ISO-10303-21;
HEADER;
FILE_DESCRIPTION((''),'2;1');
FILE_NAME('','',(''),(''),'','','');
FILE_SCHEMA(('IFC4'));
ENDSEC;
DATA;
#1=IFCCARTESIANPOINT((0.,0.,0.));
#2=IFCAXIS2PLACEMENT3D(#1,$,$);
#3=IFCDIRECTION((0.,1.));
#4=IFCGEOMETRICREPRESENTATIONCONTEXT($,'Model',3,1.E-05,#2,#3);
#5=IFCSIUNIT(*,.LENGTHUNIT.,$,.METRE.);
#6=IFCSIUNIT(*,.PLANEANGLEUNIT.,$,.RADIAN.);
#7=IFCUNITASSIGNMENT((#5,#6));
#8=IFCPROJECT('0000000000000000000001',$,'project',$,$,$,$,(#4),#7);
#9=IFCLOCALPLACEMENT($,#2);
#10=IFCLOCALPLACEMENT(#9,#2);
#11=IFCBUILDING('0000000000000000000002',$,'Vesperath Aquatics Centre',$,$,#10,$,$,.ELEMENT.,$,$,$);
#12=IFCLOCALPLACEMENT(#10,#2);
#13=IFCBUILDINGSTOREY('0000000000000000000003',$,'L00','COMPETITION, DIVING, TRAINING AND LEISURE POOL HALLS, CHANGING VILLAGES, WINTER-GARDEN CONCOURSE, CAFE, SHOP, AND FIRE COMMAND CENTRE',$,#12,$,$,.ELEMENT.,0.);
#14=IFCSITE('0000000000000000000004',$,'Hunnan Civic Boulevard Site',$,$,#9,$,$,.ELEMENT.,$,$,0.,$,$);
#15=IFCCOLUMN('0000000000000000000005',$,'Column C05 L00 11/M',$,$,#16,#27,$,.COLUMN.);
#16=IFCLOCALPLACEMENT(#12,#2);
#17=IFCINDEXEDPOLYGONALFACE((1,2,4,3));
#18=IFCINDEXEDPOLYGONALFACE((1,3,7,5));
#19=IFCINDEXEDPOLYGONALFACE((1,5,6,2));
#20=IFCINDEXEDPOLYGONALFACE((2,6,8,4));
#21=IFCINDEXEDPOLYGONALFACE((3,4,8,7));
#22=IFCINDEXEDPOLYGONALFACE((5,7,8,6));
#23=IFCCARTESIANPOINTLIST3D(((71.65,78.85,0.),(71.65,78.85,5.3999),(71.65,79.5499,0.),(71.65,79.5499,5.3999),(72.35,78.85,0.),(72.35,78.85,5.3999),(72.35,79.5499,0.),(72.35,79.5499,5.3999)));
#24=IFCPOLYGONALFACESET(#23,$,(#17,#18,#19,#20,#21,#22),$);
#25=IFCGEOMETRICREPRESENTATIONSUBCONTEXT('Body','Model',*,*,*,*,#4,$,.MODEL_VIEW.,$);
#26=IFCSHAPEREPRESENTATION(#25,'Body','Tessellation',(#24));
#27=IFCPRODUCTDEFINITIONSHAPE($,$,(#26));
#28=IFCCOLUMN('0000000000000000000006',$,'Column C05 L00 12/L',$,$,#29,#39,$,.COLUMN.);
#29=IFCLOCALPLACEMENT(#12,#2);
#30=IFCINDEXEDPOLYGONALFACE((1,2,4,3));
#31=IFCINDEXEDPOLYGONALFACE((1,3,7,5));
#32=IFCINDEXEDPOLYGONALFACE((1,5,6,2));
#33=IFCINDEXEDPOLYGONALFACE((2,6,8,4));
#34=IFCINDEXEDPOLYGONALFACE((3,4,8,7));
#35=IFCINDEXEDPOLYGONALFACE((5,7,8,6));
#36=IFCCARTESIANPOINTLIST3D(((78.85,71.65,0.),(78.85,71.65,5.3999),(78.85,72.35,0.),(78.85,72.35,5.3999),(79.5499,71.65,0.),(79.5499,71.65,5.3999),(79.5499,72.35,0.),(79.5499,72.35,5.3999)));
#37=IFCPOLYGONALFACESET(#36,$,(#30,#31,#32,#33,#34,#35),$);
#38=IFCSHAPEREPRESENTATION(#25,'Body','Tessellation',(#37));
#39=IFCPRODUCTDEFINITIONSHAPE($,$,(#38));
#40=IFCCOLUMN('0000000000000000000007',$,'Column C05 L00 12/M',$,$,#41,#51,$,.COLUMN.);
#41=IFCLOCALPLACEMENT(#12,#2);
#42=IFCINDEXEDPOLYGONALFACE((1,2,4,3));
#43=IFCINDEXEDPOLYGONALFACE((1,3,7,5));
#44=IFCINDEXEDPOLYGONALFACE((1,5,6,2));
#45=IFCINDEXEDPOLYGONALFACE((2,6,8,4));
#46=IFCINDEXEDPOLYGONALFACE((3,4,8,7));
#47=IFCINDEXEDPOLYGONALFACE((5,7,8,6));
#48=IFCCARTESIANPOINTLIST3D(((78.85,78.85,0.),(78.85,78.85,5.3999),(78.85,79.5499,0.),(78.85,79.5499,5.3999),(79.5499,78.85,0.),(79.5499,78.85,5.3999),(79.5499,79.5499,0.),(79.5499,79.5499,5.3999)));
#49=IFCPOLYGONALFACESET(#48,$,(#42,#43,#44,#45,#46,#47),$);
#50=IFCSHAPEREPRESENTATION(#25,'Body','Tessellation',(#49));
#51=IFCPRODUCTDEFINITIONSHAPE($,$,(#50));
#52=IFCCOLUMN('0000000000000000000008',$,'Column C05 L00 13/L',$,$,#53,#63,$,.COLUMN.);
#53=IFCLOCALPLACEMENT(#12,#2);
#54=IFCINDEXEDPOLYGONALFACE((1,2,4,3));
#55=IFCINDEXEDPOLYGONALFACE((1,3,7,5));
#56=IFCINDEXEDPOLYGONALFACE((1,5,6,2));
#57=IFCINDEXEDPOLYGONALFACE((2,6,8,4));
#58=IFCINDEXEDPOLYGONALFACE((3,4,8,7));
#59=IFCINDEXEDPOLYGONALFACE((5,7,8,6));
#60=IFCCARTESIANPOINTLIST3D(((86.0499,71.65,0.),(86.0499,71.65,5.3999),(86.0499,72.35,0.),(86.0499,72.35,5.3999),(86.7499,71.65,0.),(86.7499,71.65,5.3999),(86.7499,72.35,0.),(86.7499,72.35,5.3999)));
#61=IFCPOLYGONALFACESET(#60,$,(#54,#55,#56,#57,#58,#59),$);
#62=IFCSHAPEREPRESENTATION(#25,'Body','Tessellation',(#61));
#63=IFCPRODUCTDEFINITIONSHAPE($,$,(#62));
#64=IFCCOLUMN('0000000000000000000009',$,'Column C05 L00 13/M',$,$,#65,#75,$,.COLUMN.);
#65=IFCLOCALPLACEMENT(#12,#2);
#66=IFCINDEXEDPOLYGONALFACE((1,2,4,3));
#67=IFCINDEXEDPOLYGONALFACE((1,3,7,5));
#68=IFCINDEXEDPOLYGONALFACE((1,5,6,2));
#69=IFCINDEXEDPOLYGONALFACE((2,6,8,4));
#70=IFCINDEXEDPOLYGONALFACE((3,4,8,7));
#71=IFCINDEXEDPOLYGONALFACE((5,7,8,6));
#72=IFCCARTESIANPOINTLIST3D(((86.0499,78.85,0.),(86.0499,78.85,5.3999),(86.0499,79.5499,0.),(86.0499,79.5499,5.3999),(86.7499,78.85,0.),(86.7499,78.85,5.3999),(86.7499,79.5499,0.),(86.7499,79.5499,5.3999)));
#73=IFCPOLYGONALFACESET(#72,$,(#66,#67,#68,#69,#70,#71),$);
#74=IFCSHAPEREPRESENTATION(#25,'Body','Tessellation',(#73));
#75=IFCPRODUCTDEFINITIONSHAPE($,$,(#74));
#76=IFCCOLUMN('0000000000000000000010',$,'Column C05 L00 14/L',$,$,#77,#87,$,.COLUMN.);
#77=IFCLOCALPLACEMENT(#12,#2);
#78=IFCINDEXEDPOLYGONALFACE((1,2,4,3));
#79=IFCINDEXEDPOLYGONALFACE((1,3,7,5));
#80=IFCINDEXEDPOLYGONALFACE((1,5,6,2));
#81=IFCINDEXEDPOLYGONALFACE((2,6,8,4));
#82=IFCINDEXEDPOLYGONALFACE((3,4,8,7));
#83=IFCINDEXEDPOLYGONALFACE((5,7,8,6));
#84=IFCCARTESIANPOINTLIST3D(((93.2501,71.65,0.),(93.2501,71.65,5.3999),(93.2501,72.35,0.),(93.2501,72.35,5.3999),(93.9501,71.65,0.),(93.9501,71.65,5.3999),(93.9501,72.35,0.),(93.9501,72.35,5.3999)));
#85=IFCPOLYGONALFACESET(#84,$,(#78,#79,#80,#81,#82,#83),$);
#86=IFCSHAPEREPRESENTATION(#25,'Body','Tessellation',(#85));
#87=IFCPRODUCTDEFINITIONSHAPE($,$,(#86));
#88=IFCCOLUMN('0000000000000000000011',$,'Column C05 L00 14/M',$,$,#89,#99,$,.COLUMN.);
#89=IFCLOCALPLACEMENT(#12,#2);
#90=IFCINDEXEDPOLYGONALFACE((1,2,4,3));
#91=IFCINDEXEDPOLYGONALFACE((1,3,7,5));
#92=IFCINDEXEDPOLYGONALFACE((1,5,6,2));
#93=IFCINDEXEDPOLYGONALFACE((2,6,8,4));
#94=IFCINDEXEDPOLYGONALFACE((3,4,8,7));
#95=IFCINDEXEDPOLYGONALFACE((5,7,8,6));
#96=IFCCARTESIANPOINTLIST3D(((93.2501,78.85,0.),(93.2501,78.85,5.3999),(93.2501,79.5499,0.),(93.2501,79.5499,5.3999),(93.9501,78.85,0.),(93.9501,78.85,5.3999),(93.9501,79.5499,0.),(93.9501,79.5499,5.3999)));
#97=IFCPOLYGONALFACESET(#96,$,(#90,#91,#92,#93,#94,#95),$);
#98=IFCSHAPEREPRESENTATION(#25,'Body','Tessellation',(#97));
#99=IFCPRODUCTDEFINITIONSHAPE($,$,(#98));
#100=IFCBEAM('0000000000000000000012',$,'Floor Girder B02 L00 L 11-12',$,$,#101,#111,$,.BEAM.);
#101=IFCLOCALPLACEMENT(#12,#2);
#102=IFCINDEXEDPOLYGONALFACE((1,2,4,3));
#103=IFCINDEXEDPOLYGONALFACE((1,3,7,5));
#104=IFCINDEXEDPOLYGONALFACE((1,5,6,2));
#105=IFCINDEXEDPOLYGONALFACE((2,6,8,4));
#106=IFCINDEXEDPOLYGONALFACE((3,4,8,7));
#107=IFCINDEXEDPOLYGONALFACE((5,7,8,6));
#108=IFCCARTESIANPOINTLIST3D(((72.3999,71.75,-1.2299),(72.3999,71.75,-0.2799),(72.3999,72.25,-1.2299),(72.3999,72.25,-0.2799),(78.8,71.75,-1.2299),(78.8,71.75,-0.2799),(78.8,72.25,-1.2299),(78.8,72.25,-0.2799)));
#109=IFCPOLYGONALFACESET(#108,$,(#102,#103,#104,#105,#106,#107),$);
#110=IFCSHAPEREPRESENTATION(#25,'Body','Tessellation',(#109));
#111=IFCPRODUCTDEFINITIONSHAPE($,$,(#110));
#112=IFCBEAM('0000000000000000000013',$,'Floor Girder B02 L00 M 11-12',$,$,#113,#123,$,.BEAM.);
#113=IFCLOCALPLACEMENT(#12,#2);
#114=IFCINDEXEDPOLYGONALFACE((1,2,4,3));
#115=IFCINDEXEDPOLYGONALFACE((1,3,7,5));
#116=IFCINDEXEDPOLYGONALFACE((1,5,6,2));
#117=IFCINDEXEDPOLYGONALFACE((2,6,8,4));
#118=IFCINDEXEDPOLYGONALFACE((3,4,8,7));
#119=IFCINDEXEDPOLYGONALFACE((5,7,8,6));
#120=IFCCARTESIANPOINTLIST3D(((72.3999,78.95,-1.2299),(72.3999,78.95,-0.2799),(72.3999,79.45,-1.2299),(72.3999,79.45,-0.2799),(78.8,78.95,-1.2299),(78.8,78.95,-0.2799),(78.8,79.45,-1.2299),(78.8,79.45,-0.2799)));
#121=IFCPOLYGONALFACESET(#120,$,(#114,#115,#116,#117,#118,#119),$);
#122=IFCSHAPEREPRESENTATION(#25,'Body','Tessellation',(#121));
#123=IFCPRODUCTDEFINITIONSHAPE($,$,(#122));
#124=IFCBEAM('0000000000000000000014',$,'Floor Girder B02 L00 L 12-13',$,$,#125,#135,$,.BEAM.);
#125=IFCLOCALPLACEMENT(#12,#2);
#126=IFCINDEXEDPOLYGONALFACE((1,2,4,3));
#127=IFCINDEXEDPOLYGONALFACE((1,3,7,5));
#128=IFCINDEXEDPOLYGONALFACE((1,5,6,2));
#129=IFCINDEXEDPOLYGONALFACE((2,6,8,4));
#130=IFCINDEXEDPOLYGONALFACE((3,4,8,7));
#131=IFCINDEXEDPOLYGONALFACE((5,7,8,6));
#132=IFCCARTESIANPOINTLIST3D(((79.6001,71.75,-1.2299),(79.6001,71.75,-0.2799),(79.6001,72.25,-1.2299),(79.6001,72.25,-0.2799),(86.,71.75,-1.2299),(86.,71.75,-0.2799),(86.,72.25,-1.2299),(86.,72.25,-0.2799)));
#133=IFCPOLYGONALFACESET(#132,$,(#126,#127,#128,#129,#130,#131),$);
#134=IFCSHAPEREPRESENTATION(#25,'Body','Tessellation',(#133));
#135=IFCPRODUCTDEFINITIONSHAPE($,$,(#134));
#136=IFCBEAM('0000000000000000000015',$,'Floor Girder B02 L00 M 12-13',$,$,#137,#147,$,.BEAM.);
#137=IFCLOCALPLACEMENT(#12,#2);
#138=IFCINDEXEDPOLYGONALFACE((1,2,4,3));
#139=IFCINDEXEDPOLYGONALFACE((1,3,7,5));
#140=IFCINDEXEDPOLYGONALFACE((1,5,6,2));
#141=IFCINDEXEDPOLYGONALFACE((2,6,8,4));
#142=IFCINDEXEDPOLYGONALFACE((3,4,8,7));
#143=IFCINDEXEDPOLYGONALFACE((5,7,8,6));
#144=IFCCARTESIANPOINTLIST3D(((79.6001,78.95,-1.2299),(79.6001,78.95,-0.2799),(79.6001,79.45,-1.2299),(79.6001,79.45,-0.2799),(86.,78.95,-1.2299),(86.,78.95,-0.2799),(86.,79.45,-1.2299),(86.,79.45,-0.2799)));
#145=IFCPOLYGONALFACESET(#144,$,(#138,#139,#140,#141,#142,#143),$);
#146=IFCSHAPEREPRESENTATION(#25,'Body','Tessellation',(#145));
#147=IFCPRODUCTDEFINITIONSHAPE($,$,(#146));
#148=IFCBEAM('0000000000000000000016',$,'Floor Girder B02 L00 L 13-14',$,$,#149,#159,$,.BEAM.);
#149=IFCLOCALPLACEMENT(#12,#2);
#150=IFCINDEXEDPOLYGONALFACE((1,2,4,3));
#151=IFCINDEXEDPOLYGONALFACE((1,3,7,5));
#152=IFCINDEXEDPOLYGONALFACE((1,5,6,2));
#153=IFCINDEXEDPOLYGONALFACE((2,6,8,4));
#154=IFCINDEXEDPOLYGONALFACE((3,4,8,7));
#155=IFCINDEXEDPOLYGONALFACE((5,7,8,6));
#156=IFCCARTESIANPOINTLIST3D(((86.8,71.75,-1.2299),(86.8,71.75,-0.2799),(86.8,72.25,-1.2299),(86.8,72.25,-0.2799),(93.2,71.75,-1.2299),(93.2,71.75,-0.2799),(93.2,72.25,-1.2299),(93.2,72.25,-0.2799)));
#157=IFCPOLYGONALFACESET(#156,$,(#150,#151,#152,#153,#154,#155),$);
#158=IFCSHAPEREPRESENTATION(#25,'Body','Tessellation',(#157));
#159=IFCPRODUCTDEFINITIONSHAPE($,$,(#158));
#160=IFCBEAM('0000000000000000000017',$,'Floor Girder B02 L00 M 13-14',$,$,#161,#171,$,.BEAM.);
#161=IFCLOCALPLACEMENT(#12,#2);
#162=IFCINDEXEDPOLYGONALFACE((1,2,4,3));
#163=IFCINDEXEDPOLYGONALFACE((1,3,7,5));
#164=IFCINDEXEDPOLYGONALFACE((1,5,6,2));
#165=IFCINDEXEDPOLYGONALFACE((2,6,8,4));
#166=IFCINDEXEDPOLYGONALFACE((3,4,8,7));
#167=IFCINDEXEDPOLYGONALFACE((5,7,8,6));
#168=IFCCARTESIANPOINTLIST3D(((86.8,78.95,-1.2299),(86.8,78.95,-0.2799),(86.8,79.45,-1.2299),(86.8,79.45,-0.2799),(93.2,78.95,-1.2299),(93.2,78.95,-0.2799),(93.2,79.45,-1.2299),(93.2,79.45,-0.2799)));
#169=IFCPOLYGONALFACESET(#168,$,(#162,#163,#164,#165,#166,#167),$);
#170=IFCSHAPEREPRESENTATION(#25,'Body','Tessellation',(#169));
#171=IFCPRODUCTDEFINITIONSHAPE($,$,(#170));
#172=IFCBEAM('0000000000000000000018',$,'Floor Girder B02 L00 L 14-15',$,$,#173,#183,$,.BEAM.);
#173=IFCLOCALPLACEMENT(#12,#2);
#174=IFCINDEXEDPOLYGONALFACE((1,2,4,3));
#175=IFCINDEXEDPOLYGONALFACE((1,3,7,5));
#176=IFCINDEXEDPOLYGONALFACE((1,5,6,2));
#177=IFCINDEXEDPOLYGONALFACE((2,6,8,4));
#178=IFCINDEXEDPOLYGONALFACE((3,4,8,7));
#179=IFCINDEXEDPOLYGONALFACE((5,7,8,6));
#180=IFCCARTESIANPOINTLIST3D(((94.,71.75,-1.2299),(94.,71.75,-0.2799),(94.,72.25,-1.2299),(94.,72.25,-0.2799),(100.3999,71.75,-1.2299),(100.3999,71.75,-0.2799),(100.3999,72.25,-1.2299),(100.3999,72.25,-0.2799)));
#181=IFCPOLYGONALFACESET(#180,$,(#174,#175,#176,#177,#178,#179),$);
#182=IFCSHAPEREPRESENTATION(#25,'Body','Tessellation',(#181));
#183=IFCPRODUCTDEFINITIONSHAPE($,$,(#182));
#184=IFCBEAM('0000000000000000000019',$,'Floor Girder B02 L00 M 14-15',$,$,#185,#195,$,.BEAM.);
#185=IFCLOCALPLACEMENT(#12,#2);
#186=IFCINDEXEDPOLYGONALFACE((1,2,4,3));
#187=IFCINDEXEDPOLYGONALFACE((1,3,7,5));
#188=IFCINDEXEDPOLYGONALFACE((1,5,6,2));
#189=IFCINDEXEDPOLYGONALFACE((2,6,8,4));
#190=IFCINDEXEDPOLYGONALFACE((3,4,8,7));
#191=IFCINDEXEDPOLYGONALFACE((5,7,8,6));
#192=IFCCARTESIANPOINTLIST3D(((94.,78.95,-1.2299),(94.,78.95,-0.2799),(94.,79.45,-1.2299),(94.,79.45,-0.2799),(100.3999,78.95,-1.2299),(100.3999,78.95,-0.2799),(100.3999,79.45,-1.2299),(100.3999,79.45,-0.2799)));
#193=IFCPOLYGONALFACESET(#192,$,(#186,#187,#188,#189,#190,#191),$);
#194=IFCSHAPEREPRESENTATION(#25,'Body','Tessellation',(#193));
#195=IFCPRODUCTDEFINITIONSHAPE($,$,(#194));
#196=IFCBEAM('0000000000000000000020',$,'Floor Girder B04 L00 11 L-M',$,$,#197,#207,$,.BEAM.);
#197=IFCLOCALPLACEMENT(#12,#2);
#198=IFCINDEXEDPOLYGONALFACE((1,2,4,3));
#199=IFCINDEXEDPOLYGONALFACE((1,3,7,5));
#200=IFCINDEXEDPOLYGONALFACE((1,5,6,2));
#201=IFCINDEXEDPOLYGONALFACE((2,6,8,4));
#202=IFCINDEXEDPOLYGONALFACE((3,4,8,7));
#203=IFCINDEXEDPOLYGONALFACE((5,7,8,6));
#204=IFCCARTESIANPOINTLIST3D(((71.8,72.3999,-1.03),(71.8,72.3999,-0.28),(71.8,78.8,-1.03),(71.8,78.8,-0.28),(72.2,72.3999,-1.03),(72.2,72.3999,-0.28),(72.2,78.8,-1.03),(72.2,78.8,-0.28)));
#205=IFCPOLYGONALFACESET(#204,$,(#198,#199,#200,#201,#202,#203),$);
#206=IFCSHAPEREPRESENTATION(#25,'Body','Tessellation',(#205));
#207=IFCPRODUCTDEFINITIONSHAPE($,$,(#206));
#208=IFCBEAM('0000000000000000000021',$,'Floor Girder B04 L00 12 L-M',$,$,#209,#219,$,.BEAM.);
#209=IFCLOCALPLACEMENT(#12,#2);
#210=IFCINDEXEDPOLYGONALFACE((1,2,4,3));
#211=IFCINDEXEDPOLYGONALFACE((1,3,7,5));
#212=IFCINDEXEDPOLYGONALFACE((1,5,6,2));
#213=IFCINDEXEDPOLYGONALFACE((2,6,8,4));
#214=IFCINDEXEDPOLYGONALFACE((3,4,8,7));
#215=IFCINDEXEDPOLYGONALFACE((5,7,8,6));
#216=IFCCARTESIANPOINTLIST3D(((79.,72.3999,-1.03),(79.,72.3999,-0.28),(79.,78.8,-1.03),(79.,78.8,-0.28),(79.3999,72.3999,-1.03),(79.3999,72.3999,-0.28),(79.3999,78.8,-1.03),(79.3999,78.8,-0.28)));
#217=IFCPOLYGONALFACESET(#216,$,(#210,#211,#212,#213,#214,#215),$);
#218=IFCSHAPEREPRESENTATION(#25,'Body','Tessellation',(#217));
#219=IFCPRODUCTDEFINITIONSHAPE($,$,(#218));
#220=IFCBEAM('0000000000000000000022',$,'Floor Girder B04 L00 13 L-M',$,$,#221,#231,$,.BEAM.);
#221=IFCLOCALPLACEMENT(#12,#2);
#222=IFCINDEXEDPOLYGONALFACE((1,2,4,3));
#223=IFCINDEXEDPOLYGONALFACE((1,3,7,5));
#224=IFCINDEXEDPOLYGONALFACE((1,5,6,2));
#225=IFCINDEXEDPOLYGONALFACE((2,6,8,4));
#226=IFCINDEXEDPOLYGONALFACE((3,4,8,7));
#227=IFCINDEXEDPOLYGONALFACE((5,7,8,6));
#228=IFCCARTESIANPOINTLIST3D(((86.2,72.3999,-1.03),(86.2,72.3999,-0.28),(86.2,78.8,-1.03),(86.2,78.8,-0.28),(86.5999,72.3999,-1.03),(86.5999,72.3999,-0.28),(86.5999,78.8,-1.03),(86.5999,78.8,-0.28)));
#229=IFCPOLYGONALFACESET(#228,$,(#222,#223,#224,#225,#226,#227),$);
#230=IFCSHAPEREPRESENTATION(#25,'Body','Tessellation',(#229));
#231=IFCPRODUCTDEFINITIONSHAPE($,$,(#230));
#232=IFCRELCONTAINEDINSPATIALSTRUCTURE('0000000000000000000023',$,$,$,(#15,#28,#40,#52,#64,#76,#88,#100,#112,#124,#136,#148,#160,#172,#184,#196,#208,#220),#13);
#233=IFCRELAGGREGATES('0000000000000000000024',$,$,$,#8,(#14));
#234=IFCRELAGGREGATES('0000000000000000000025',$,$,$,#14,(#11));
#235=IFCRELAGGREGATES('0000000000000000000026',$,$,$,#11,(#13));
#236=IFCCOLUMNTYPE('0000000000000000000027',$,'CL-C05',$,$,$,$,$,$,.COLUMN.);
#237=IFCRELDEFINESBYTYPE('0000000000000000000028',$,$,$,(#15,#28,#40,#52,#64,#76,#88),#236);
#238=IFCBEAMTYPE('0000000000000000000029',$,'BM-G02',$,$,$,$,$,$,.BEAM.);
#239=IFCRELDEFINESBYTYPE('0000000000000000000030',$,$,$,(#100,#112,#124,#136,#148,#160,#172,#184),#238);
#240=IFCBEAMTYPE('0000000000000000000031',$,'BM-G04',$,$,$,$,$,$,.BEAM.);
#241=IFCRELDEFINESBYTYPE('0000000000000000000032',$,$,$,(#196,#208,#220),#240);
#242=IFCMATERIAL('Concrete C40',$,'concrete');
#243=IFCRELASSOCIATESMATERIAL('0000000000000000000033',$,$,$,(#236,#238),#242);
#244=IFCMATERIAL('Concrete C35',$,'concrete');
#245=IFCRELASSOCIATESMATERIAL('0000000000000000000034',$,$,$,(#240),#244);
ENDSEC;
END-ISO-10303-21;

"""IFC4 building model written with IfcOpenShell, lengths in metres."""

from ifc_helpers import new_model, si_unit, direction, frame, origin, origin_2d, place, context, subcontext, project, spatial, rectangle, extrude, material, material_profile, profile_set, type_object, element, save


model = new_model("IFC4")

# Units and contexts
model_context = context("Model", 3, precision=1e-05, world=origin(), true_north=direction((0.0, 1.0)))
body_context = subcontext(model_context, "Body", "Model", "MODEL_VIEW")
ifc_project = project(units=[si_unit("LENGTHUNIT", "METRE"), si_unit("PLANEANGLEUNIT", "RADIAN")], contexts=[model_context])

# Site, building, storey
site_placement = place(None, origin())
site = spatial("IfcSite", under=ifc_project, at=site_placement, Name="Hunnan Civic Boulevard Site", CompositionType="ELEMENT", RefElevation=0.0)
building_placement = place(site_placement, origin())
building = spatial("IfcBuilding", under=site, at=building_placement, Name="Vesperath Aquatics Centre", CompositionType="ELEMENT")
storey_placement = place(building_placement, origin())
storey = spatial("IfcBuildingStorey", under=building, at=storey_placement, Name="L00", Description="COMPETITION, DIVING, TRAINING AND LEISURE POOL HALLS, CHANGING VILLAGES, WINTER-GARDEN CONCOURSE, CAFE, SHOP, AND FIRE COMMAND CENTRE", CompositionType="ELEMENT", Elevation=0.0)

# Columns
ifc_material_1 = material(Name="Concrete C40", Category="concrete")
ifc_material_profile_1 = material_profile(ifc_material_1, rectangle(XDim=0.7, YDim=0.7, at=origin_2d()), Name="RC 700x700")
ifc_profile_set_1 = profile_set([ifc_material_profile_1], Name="Concrete C40")
column_type = type_object("IfcColumnType", Name="CL-C05", PredefinedType="COLUMN", material=ifc_profile_set_1)
for number, where, z_axis, x_axis, name in (
    (1, (72.0, 79.2, 0.0), (0.0, 0.0, 1.0), (1.0, 0.0, 0.0), "Column C05 L00 11/M"),
    (2, (79.2, 72.0, 0.0), (0.0, 0.0, 1.0), (1.0, 0.0, 0.0), "Column C05 L00 12/L"),
    (3, (79.2, 79.2, 0.0), (0.0, 0.0, 1.0), (1.0, 0.0, 0.0), "Column C05 L00 12/M"),
    (4, (86.3999, 72.0, 0.0), (0.0, 0.0, 1.0), (1.0, 0.0, 0.0), "Column C05 L00 13/L"),
    (5, (86.3999, 79.2, 0.0), (0.0, 0.0, 1.0), (1.0, 0.0, 0.0), "Column C05 L00 13/M"),
    (6, (93.6001, 72.0, 0.0), (0.0, 0.0, 1.0), (1.0, 0.0, 0.0), "Column C05 L00 14/L"),
    (7, (93.6001, 79.2, 0.0), (0.0, 0.0, 1.0), (1.0, 0.0, 0.0), "Column C05 L00 14/M"),
):
    element("IfcColumn", number, at=place(storey_placement, frame(where, z_axis=z_axis, x_axis=x_axis)), inside=storey, type_object=column_type, Name=name, PredefinedType="COLUMN", context=body_context, shape_type="SweptSolid", body=[
        extrude(rectangle(XDim=0.7, YDim=0.7, at=origin_2d()), origin(), (0.0, 0.0, 1.0), 5.3999),
    ])

# Beams
ifc_material_profile_2 = material_profile(ifc_material_1, rectangle(XDim=0.5, YDim=0.95, at=origin_2d()), Name="RC 500x950")
ifc_profile_set_2 = profile_set([ifc_material_profile_2], Name="Concrete C40")
beam_type_1 = type_object("IfcBeamType", Name="BM-G02", PredefinedType="BEAM", material=ifc_profile_set_2)
for number, where, z_axis, x_axis, name in (
    (8, (72.3999, 72.0, -0.7549), (1.0, 0.0, 0.0), (0.0, 1.0, 0.0), "Floor Girder B02 L00 L 11-12"),
    (9, (72.3999, 79.2, -0.7549), (1.0, 0.0, 0.0), (0.0, 1.0, 0.0), "Floor Girder B02 L00 M 11-12"),
):
    element("IfcBeam", number, at=place(storey_placement, frame(where, z_axis=z_axis, x_axis=x_axis)), inside=storey, type_object=beam_type_1, Name=name, PredefinedType="BEAM", context=body_context, shape_type="SweptSolid", body=[
        extrude(rectangle(XDim=0.5, YDim=0.95, at=origin_2d()), origin(), (0.0, 0.0, 1.0), 6.4001),
    ])
for number, where, z_axis, x_axis, name in (
    (10, (79.6001, 72.0, -0.7549), (1.0, 0.0, 0.0), (0.0, 1.0, 0.0), "Floor Girder B02 L00 L 12-13"),
    (11, (79.6001, 79.2, -0.7549), (1.0, 0.0, 0.0), (0.0, 1.0, 0.0), "Floor Girder B02 L00 M 12-13"),
    (12, (86.8, 72.0, -0.7549), (1.0, 0.0, 0.0), (0.0, 1.0, 0.0), "Floor Girder B02 L00 L 13-14"),
    (13, (86.8, 79.2, -0.7549), (1.0, 0.0, 0.0), (0.0, 1.0, 0.0), "Floor Girder B02 L00 M 13-14"),
    (14, (94.0, 72.0, -0.7549), (1.0, 0.0, 0.0), (0.0, 1.0, 0.0), "Floor Girder B02 L00 L 14-15"),
    (15, (94.0, 79.2, -0.7549), (1.0, 0.0, 0.0), (0.0, 1.0, 0.0), "Floor Girder B02 L00 M 14-15"),
):
    element("IfcBeam", number, at=place(storey_placement, frame(where, z_axis=z_axis, x_axis=x_axis)), inside=storey, type_object=beam_type_1, Name=name, PredefinedType="BEAM", context=body_context, shape_type="SweptSolid", body=[
        extrude(rectangle(XDim=0.5, YDim=0.95, at=origin_2d()), origin(), (0.0, 0.0, 1.0), 6.3999),
    ])
ifc_material_2 = material(Name="Concrete C35", Category="concrete")
ifc_material_profile_3 = material_profile(ifc_material_2, rectangle(XDim=0.3999, YDim=0.75, at=origin_2d()), Name="RC 400x750")
ifc_profile_set_3 = profile_set([ifc_material_profile_3], Name="Concrete C35")
beam_type_2 = type_object("IfcBeamType", Name="BM-G04", PredefinedType="BEAM", material=ifc_profile_set_3)
for number, where, z_axis, x_axis, name in (
    (16, (72.0, 72.3999, -0.655), (0.0, 1.0, 0.0), (-1.0, 0.0, 0.0), "Floor Girder B04 L00 11 L-M"),
    (17, (79.2, 72.3999, -0.655), (0.0, 1.0, 0.0), (-1.0, 0.0, 0.0), "Floor Girder B04 L00 12 L-M"),
    (18, (86.3999, 72.3999, -0.655), (0.0, 1.0, 0.0), (-1.0, 0.0, 0.0), "Floor Girder B04 L00 13 L-M"),
):
    element("IfcBeam", number, at=place(storey_placement, frame(where, z_axis=z_axis, x_axis=x_axis)), inside=storey, type_object=beam_type_2, Name=name, PredefinedType="BEAM", context=body_context, shape_type="SweptSolid", body=[
        extrude(rectangle(XDim=0.3999, YDim=0.75, at=origin_2d()), origin(), (0.0, 0.0, 1.0), 6.4001),
    ])

save(model, "model.ifc")
